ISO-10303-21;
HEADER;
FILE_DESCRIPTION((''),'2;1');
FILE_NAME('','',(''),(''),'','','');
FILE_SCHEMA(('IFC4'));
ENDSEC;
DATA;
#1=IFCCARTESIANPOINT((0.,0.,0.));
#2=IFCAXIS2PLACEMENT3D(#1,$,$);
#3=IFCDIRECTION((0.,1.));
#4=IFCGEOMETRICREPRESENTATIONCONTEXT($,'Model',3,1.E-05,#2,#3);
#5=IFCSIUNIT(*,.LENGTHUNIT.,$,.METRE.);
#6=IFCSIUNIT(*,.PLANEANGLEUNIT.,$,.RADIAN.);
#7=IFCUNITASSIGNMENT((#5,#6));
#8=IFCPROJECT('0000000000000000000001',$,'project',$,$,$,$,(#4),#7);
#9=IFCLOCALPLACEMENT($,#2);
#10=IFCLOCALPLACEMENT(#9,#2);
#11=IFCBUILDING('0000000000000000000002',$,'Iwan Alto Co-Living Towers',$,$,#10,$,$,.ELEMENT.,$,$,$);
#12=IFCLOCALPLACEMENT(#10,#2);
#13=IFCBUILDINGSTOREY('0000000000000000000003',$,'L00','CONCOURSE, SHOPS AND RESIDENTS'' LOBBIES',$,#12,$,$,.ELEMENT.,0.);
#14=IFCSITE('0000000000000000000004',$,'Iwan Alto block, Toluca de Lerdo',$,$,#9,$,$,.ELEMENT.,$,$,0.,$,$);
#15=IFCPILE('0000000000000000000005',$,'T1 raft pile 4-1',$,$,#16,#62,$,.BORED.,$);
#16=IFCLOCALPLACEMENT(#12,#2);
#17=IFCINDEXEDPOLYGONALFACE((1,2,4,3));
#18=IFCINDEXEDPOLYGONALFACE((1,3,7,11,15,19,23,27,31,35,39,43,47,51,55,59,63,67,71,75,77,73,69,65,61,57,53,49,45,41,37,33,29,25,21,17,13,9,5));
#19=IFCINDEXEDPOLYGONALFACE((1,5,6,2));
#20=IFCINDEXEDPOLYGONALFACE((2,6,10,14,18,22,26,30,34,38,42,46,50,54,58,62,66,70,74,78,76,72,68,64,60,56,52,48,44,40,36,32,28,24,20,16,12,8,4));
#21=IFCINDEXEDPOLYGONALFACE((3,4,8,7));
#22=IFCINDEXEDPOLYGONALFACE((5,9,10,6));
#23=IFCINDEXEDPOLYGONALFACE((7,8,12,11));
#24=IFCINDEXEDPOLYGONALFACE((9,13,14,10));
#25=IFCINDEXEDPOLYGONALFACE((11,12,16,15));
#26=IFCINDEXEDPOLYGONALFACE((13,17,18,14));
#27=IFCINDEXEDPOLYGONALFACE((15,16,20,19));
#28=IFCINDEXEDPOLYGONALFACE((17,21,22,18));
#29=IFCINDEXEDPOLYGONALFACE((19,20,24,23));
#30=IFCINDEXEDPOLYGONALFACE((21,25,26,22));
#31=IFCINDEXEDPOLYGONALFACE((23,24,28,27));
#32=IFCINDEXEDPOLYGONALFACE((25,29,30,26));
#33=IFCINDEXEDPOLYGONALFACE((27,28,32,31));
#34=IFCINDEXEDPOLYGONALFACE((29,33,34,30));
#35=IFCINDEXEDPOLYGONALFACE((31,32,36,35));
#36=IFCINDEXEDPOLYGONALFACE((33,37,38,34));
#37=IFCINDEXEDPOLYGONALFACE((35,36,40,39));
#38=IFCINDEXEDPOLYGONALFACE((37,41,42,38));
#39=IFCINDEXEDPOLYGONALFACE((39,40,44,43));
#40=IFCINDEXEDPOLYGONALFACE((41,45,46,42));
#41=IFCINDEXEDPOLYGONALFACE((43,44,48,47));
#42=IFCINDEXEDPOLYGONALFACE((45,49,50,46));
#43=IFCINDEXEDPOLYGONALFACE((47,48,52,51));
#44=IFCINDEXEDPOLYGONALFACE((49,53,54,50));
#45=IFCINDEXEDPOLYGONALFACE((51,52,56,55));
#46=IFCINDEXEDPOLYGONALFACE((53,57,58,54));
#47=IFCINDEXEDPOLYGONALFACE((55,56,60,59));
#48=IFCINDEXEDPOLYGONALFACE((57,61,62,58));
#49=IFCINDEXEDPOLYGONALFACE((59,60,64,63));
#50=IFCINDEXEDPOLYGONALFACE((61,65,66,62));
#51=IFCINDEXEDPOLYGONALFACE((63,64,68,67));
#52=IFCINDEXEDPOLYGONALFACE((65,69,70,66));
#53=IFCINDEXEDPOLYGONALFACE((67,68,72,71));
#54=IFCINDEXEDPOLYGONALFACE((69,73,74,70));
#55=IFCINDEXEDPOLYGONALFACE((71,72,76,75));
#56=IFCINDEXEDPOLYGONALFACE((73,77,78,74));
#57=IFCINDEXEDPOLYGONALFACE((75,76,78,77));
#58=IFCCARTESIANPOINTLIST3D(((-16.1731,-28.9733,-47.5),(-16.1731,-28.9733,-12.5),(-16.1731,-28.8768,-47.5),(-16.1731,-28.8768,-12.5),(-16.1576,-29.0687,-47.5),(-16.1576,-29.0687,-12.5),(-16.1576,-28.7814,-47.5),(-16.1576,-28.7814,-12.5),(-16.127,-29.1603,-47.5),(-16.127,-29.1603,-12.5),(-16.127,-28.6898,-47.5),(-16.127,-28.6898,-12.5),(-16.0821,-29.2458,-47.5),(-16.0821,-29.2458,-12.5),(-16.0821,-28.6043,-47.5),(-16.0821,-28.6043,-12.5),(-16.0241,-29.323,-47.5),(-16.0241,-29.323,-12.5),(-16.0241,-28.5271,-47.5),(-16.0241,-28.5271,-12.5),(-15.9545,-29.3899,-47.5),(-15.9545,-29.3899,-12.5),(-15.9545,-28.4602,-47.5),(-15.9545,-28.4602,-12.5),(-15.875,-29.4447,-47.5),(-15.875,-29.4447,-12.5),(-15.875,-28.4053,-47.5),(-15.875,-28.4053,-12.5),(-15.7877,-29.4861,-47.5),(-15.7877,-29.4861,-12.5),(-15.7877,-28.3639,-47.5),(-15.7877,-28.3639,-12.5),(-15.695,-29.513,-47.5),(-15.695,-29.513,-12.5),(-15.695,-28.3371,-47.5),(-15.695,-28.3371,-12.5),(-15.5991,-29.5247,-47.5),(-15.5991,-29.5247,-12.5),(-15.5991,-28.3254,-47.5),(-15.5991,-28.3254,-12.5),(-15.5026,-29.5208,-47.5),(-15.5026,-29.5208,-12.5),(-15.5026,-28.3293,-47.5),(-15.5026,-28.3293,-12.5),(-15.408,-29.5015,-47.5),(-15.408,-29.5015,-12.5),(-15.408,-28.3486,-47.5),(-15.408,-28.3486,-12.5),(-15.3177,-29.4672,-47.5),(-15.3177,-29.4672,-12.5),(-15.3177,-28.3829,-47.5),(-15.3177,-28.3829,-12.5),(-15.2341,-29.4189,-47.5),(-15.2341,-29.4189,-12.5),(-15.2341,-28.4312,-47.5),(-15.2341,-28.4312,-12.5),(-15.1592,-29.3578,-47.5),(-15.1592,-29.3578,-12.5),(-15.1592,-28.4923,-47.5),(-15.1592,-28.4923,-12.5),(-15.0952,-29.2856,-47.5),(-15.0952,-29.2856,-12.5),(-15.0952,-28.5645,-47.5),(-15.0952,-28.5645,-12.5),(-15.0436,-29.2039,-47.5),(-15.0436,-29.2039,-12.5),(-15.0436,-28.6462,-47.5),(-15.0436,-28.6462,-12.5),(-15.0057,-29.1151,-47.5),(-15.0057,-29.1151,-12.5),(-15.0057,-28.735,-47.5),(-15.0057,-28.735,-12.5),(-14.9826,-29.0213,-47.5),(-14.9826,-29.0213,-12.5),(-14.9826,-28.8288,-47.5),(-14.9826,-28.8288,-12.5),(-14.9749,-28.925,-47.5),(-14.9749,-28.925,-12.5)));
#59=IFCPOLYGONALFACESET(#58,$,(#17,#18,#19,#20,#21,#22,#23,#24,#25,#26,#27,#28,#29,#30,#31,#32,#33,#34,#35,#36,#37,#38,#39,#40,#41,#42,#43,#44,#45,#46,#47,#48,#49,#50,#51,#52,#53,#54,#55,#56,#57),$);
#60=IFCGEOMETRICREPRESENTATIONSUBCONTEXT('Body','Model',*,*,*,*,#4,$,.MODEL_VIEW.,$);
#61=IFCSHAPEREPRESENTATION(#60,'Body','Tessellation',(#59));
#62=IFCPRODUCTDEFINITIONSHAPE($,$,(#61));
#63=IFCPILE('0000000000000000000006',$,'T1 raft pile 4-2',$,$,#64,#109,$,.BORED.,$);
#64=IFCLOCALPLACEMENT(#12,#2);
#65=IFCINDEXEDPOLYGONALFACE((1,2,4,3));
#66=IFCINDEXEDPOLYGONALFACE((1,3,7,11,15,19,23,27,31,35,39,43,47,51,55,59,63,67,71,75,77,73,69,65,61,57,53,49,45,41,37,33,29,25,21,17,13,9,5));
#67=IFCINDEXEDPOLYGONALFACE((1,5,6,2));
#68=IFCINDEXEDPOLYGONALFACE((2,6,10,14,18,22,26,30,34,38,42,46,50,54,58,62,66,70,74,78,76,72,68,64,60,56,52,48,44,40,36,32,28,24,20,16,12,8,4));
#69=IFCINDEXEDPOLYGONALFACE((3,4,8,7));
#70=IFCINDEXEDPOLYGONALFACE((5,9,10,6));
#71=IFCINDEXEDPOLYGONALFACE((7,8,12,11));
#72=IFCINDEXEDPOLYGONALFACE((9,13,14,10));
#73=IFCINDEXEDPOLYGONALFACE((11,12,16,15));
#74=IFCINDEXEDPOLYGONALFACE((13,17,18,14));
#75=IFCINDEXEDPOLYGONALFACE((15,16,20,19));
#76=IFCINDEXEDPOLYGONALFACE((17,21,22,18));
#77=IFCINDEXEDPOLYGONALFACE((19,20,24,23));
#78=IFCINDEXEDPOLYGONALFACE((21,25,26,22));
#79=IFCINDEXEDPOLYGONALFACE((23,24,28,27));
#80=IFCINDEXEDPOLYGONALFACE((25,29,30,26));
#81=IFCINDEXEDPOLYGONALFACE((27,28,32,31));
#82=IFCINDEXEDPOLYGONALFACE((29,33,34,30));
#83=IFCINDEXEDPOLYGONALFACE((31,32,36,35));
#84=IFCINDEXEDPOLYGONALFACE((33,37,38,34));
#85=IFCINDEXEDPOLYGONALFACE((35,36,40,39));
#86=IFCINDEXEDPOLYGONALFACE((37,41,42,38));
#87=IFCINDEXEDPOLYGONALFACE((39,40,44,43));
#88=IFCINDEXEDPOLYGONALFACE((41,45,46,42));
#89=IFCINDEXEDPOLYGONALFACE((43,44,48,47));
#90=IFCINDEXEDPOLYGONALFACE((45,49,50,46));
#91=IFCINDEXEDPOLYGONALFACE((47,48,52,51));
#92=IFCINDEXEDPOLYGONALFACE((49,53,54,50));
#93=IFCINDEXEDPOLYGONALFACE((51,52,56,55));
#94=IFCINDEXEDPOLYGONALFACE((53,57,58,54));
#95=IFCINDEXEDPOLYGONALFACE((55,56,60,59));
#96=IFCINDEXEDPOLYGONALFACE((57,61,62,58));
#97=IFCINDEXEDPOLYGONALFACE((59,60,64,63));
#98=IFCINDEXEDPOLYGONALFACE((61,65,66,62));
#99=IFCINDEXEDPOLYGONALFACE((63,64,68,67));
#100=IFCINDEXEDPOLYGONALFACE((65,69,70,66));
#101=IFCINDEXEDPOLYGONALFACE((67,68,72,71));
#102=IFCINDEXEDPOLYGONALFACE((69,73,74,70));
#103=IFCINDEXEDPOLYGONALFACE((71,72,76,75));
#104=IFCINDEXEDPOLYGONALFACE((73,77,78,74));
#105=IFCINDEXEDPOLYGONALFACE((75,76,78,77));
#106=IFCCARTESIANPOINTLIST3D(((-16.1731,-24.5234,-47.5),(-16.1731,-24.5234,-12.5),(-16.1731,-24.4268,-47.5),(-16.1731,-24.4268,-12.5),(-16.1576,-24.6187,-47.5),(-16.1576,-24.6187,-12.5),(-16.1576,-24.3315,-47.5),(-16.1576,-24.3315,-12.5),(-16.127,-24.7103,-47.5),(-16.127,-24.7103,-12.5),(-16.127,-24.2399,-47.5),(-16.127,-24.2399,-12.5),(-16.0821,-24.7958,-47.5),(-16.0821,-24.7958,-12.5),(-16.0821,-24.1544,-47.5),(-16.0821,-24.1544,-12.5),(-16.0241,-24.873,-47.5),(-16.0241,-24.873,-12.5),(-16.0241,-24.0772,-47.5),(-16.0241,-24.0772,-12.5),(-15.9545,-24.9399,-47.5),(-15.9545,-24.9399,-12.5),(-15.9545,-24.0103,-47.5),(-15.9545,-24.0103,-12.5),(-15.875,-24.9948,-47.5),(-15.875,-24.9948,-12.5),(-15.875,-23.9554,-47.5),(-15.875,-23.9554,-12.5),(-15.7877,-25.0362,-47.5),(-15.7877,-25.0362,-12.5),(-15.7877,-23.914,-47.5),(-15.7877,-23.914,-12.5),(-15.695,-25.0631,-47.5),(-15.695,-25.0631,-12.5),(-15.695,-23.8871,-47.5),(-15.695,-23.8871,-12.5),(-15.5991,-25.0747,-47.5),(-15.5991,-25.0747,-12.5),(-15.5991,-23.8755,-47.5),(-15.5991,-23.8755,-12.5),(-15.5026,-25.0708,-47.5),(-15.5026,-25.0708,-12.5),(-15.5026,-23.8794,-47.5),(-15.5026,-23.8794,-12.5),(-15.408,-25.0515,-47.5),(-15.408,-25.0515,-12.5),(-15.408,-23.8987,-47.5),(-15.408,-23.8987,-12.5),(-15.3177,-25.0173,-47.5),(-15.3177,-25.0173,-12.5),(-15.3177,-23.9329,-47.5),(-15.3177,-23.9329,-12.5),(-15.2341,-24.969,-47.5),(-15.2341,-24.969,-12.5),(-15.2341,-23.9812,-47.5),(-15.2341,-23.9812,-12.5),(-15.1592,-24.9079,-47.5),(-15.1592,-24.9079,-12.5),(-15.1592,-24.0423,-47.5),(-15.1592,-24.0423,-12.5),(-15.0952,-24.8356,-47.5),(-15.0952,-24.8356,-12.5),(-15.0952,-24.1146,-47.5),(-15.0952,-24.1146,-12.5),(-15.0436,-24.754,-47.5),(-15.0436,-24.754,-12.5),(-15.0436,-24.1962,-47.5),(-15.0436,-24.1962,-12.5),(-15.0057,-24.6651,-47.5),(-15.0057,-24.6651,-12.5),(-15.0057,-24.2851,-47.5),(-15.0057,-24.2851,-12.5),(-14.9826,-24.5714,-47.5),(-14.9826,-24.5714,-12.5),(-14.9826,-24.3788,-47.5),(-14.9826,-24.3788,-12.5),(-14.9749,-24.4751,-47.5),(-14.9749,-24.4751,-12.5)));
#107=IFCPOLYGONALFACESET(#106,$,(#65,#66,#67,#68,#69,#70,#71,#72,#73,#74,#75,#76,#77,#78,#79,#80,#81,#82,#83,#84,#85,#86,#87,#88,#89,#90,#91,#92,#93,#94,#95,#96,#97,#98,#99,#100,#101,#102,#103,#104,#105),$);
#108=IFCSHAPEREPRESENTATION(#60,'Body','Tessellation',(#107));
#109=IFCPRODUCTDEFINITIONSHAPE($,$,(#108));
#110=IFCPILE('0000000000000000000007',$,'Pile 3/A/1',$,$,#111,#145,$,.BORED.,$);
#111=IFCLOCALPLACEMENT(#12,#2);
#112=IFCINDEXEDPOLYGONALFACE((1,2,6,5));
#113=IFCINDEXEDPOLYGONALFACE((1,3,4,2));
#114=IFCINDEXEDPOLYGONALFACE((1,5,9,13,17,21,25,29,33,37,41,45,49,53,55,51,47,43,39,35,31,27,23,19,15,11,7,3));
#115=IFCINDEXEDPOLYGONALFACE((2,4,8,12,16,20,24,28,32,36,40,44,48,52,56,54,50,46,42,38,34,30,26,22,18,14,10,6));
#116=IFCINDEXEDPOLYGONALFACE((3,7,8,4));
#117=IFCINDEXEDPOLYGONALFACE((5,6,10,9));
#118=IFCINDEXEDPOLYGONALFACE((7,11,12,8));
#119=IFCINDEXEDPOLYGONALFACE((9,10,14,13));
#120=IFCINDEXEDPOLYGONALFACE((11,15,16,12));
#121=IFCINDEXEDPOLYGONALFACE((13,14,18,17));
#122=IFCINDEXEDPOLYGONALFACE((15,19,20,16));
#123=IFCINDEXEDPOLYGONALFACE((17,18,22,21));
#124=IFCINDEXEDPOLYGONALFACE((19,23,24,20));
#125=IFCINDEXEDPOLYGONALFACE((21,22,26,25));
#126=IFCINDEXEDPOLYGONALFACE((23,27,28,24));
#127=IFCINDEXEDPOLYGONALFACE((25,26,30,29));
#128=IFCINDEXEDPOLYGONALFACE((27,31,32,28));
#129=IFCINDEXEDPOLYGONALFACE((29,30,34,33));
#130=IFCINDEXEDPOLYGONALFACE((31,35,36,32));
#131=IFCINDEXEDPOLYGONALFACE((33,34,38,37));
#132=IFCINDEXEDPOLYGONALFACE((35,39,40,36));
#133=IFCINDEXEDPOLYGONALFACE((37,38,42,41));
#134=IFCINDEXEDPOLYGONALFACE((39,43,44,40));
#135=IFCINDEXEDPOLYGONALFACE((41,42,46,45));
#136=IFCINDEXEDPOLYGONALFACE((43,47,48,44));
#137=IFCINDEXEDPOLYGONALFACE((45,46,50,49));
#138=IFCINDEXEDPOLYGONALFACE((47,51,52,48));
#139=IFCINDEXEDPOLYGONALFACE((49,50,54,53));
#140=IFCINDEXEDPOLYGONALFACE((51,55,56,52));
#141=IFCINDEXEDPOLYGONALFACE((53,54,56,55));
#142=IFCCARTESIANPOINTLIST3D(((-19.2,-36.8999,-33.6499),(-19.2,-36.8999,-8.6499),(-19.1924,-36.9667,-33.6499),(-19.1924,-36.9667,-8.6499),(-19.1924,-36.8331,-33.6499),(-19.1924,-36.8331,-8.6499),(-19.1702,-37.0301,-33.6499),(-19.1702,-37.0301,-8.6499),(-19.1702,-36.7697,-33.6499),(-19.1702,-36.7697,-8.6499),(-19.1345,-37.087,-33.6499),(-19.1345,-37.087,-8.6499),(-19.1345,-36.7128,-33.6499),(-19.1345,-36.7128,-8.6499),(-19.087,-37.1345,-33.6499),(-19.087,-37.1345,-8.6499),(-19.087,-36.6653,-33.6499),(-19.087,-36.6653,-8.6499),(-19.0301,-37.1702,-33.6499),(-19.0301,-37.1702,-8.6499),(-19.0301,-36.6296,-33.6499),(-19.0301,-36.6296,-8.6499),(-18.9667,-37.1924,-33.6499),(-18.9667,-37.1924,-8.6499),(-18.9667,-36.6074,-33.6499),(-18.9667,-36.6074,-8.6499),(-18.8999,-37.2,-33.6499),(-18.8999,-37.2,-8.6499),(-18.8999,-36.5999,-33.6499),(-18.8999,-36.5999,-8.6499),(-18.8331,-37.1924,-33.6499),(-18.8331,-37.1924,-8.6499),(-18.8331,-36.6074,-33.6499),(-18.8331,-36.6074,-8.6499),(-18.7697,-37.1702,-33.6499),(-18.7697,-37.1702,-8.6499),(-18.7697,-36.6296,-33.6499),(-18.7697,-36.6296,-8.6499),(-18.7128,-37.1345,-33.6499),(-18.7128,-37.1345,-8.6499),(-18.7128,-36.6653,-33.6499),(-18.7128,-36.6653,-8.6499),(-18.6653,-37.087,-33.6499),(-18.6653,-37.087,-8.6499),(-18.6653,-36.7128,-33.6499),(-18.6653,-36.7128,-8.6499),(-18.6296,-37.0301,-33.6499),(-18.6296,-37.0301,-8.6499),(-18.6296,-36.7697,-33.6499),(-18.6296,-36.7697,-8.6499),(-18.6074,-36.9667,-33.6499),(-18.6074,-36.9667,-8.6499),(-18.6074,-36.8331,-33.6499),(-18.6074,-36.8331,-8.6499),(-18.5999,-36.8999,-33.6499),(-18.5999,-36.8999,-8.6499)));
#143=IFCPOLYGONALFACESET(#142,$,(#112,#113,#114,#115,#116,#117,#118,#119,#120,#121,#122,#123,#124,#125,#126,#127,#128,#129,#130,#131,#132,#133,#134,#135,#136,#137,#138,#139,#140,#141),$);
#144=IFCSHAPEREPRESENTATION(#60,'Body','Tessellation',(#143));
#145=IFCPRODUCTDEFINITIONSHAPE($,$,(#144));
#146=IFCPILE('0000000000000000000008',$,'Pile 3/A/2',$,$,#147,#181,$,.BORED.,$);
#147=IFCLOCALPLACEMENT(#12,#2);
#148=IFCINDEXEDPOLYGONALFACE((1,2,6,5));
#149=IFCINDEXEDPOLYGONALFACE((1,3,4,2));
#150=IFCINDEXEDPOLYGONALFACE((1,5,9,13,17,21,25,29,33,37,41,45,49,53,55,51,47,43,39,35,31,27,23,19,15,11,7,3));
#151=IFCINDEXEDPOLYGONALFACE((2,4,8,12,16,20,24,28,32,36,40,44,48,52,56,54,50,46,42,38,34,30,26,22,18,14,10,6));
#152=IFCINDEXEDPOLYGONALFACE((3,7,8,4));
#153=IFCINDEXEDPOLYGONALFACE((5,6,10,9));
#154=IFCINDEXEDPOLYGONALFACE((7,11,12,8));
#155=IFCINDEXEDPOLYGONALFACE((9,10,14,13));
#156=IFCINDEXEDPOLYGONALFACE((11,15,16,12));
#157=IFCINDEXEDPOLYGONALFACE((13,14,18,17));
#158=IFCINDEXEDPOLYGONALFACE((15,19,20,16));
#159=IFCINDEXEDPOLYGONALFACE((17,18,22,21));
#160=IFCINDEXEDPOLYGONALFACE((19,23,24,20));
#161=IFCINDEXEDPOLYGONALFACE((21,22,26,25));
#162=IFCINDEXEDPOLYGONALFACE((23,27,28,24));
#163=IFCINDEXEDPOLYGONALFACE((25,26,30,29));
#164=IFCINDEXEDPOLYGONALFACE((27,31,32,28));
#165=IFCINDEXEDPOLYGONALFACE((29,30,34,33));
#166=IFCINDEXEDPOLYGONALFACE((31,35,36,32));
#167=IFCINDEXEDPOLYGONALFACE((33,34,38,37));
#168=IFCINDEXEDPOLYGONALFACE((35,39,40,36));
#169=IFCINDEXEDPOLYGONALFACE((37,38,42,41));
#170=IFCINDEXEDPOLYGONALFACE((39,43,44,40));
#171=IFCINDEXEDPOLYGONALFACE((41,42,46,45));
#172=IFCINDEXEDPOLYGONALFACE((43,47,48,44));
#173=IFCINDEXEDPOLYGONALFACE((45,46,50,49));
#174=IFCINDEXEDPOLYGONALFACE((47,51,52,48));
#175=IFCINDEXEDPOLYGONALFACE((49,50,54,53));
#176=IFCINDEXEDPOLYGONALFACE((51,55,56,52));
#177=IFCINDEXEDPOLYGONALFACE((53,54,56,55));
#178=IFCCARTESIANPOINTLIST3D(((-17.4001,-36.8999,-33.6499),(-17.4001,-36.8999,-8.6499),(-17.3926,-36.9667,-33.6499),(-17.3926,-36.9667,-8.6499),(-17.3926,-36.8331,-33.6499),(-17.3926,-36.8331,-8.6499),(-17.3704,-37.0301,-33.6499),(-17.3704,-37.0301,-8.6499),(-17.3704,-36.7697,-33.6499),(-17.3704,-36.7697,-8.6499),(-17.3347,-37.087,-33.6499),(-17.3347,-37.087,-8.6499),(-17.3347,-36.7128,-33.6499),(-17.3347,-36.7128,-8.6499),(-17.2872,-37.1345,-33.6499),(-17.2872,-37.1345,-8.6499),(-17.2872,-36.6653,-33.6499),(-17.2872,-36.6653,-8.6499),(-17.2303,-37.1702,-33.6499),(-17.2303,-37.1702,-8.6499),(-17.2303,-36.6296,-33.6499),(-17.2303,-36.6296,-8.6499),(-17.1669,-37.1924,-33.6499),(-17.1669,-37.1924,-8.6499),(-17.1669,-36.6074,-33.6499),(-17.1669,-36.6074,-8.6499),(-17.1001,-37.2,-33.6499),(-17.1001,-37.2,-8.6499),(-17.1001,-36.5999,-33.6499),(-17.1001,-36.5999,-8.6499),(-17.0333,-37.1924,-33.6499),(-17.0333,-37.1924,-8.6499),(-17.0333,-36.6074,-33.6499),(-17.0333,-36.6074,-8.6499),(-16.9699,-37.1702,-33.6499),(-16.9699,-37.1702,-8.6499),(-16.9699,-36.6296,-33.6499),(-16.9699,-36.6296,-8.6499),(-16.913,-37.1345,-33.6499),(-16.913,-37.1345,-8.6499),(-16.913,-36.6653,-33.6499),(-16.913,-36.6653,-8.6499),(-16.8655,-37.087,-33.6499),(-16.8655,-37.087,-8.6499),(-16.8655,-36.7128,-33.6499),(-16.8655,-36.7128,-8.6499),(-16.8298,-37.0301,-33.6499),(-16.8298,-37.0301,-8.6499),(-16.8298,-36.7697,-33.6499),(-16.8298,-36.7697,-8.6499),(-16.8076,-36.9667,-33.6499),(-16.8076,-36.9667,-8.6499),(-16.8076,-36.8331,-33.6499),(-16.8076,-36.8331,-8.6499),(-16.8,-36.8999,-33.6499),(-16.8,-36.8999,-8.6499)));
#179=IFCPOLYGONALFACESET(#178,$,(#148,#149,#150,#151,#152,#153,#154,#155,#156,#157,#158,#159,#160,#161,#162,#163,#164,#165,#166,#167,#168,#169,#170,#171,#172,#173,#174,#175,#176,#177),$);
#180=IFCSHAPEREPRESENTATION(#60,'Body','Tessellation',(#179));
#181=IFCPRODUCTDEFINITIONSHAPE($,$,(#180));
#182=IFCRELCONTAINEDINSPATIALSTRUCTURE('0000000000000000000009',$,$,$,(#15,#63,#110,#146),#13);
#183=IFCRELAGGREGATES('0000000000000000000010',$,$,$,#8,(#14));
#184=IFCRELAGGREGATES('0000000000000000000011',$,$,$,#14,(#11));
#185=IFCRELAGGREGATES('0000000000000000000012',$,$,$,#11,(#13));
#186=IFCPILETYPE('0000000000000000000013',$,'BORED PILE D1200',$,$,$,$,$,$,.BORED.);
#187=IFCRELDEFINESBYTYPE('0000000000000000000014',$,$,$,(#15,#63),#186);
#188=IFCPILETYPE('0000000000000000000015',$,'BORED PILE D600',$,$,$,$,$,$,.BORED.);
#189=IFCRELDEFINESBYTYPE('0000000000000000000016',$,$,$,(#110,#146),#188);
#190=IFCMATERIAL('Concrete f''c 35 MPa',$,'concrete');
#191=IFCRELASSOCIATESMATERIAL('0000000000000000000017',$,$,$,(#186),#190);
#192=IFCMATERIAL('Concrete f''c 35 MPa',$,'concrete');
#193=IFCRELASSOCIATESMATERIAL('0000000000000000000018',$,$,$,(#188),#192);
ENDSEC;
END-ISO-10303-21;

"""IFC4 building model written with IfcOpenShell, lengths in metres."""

from ifc_helpers import new_model, si_unit, direction, frame, origin, origin_2d, place, context, subcontext, project, spatial, circle, extrude, material, material_profile, profile_set, type_object, element, save


model = new_model("IFC4")

# Units and contexts
model_context = context("Model", 3, precision=1e-05, world=origin(), true_north=direction((0.0, 1.0)))
body_context = subcontext(model_context, "Body", "Model", "MODEL_VIEW")
ifc_project = project(units=[si_unit("LENGTHUNIT", "METRE"), si_unit("PLANEANGLEUNIT", "RADIAN")], contexts=[model_context])

# Site, building, storey
site_placement = place(None, origin())
site = spatial("IfcSite", under=ifc_project, at=site_placement, Name="Iwan Alto block, Toluca de Lerdo", CompositionType="ELEMENT", RefElevation=0.0)
building_placement = place(site_placement, origin())
building = spatial("IfcBuilding", under=site, at=building_placement, Name="Iwan Alto Co-Living Towers", CompositionType="ELEMENT")
storey_placement = place(building_placement, origin())
storey = spatial("IfcBuildingStorey", under=building, at=storey_placement, Name="L00", Description="CONCOURSE, SHOPS AND RESIDENTS' LOBBIES", CompositionType="ELEMENT", Elevation=0.0)

# Piles
ifc_material_1 = material(Name="Concrete f'c 35 MPa", Category="concrete")
ifc_material_profile_1 = material_profile(ifc_material_1, circle(Radius=0.6001, at=origin_2d()), Name="D1200")
ifc_profile_set_1 = profile_set([ifc_material_profile_1], Name="Concrete f'c 35 MPa")
pile_type_1 = type_object("IfcPileType", Name="BORED PILE D1200", PredefinedType="BORED", material=ifc_profile_set_1)
for number, where, z_axis, x_axis, name in (
    (1, (-15.575, -28.925, -12.5), (0.0, 0.0, -1.0), (1.0, 0.0, 0.0), "T1 raft pile 4-1"),
    (2, (-15.575, -24.4751, -12.5), (0.0, 0.0, -1.0), (1.0, 0.0, 0.0), "T1 raft pile 4-2"),
):
    element("IfcPile", number, at=place(storey_placement, frame(where, z_axis=z_axis, x_axis=x_axis)), inside=storey, type_object=pile_type_1, Name=name, PredefinedType="BORED", context=body_context, shape_type="SweptSolid", body=[
        extrude(circle(Radius=0.6001, at=origin_2d()), origin(), (0.0, 0.0, 1.0), 35.0),
    ])
ifc_material_2 = material(Name="Concrete f'c 35 MPa", Category="concrete")
ifc_material_profile_2 = material_profile(ifc_material_2, circle(Radius=0.3, at=origin_2d()), Name="D600")
ifc_profile_set_2 = profile_set([ifc_material_profile_2], Name="Concrete f'c 35 MPa")
pile_type_2 = type_object("IfcPileType", Name="BORED PILE D600", PredefinedType="BORED", material=ifc_profile_set_2)
for number, where, z_axis, x_axis, name in (
    (3, (-18.8999, -36.8999, -8.6499), (0.0, 0.0, -1.0), (1.0, 0.0, 0.0), "Pile 3/A/1"),
    (4, (-17.1001, -36.8999, -8.6499), (0.0, 0.0, -1.0), (1.0, 0.0, 0.0), "Pile 3/A/2"),
):
    element("IfcPile", number, at=place(storey_placement, frame(where, z_axis=z_axis, x_axis=x_axis)), inside=storey, type_object=pile_type_2, Name=name, PredefinedType="BORED", context=body_context, shape_type="SweptSolid", body=[
        extrude(circle(Radius=0.3, at=origin_2d()), origin(), (0.0, 0.0, 1.0), 25.0),
    ])

save(model, "model.ifc")
